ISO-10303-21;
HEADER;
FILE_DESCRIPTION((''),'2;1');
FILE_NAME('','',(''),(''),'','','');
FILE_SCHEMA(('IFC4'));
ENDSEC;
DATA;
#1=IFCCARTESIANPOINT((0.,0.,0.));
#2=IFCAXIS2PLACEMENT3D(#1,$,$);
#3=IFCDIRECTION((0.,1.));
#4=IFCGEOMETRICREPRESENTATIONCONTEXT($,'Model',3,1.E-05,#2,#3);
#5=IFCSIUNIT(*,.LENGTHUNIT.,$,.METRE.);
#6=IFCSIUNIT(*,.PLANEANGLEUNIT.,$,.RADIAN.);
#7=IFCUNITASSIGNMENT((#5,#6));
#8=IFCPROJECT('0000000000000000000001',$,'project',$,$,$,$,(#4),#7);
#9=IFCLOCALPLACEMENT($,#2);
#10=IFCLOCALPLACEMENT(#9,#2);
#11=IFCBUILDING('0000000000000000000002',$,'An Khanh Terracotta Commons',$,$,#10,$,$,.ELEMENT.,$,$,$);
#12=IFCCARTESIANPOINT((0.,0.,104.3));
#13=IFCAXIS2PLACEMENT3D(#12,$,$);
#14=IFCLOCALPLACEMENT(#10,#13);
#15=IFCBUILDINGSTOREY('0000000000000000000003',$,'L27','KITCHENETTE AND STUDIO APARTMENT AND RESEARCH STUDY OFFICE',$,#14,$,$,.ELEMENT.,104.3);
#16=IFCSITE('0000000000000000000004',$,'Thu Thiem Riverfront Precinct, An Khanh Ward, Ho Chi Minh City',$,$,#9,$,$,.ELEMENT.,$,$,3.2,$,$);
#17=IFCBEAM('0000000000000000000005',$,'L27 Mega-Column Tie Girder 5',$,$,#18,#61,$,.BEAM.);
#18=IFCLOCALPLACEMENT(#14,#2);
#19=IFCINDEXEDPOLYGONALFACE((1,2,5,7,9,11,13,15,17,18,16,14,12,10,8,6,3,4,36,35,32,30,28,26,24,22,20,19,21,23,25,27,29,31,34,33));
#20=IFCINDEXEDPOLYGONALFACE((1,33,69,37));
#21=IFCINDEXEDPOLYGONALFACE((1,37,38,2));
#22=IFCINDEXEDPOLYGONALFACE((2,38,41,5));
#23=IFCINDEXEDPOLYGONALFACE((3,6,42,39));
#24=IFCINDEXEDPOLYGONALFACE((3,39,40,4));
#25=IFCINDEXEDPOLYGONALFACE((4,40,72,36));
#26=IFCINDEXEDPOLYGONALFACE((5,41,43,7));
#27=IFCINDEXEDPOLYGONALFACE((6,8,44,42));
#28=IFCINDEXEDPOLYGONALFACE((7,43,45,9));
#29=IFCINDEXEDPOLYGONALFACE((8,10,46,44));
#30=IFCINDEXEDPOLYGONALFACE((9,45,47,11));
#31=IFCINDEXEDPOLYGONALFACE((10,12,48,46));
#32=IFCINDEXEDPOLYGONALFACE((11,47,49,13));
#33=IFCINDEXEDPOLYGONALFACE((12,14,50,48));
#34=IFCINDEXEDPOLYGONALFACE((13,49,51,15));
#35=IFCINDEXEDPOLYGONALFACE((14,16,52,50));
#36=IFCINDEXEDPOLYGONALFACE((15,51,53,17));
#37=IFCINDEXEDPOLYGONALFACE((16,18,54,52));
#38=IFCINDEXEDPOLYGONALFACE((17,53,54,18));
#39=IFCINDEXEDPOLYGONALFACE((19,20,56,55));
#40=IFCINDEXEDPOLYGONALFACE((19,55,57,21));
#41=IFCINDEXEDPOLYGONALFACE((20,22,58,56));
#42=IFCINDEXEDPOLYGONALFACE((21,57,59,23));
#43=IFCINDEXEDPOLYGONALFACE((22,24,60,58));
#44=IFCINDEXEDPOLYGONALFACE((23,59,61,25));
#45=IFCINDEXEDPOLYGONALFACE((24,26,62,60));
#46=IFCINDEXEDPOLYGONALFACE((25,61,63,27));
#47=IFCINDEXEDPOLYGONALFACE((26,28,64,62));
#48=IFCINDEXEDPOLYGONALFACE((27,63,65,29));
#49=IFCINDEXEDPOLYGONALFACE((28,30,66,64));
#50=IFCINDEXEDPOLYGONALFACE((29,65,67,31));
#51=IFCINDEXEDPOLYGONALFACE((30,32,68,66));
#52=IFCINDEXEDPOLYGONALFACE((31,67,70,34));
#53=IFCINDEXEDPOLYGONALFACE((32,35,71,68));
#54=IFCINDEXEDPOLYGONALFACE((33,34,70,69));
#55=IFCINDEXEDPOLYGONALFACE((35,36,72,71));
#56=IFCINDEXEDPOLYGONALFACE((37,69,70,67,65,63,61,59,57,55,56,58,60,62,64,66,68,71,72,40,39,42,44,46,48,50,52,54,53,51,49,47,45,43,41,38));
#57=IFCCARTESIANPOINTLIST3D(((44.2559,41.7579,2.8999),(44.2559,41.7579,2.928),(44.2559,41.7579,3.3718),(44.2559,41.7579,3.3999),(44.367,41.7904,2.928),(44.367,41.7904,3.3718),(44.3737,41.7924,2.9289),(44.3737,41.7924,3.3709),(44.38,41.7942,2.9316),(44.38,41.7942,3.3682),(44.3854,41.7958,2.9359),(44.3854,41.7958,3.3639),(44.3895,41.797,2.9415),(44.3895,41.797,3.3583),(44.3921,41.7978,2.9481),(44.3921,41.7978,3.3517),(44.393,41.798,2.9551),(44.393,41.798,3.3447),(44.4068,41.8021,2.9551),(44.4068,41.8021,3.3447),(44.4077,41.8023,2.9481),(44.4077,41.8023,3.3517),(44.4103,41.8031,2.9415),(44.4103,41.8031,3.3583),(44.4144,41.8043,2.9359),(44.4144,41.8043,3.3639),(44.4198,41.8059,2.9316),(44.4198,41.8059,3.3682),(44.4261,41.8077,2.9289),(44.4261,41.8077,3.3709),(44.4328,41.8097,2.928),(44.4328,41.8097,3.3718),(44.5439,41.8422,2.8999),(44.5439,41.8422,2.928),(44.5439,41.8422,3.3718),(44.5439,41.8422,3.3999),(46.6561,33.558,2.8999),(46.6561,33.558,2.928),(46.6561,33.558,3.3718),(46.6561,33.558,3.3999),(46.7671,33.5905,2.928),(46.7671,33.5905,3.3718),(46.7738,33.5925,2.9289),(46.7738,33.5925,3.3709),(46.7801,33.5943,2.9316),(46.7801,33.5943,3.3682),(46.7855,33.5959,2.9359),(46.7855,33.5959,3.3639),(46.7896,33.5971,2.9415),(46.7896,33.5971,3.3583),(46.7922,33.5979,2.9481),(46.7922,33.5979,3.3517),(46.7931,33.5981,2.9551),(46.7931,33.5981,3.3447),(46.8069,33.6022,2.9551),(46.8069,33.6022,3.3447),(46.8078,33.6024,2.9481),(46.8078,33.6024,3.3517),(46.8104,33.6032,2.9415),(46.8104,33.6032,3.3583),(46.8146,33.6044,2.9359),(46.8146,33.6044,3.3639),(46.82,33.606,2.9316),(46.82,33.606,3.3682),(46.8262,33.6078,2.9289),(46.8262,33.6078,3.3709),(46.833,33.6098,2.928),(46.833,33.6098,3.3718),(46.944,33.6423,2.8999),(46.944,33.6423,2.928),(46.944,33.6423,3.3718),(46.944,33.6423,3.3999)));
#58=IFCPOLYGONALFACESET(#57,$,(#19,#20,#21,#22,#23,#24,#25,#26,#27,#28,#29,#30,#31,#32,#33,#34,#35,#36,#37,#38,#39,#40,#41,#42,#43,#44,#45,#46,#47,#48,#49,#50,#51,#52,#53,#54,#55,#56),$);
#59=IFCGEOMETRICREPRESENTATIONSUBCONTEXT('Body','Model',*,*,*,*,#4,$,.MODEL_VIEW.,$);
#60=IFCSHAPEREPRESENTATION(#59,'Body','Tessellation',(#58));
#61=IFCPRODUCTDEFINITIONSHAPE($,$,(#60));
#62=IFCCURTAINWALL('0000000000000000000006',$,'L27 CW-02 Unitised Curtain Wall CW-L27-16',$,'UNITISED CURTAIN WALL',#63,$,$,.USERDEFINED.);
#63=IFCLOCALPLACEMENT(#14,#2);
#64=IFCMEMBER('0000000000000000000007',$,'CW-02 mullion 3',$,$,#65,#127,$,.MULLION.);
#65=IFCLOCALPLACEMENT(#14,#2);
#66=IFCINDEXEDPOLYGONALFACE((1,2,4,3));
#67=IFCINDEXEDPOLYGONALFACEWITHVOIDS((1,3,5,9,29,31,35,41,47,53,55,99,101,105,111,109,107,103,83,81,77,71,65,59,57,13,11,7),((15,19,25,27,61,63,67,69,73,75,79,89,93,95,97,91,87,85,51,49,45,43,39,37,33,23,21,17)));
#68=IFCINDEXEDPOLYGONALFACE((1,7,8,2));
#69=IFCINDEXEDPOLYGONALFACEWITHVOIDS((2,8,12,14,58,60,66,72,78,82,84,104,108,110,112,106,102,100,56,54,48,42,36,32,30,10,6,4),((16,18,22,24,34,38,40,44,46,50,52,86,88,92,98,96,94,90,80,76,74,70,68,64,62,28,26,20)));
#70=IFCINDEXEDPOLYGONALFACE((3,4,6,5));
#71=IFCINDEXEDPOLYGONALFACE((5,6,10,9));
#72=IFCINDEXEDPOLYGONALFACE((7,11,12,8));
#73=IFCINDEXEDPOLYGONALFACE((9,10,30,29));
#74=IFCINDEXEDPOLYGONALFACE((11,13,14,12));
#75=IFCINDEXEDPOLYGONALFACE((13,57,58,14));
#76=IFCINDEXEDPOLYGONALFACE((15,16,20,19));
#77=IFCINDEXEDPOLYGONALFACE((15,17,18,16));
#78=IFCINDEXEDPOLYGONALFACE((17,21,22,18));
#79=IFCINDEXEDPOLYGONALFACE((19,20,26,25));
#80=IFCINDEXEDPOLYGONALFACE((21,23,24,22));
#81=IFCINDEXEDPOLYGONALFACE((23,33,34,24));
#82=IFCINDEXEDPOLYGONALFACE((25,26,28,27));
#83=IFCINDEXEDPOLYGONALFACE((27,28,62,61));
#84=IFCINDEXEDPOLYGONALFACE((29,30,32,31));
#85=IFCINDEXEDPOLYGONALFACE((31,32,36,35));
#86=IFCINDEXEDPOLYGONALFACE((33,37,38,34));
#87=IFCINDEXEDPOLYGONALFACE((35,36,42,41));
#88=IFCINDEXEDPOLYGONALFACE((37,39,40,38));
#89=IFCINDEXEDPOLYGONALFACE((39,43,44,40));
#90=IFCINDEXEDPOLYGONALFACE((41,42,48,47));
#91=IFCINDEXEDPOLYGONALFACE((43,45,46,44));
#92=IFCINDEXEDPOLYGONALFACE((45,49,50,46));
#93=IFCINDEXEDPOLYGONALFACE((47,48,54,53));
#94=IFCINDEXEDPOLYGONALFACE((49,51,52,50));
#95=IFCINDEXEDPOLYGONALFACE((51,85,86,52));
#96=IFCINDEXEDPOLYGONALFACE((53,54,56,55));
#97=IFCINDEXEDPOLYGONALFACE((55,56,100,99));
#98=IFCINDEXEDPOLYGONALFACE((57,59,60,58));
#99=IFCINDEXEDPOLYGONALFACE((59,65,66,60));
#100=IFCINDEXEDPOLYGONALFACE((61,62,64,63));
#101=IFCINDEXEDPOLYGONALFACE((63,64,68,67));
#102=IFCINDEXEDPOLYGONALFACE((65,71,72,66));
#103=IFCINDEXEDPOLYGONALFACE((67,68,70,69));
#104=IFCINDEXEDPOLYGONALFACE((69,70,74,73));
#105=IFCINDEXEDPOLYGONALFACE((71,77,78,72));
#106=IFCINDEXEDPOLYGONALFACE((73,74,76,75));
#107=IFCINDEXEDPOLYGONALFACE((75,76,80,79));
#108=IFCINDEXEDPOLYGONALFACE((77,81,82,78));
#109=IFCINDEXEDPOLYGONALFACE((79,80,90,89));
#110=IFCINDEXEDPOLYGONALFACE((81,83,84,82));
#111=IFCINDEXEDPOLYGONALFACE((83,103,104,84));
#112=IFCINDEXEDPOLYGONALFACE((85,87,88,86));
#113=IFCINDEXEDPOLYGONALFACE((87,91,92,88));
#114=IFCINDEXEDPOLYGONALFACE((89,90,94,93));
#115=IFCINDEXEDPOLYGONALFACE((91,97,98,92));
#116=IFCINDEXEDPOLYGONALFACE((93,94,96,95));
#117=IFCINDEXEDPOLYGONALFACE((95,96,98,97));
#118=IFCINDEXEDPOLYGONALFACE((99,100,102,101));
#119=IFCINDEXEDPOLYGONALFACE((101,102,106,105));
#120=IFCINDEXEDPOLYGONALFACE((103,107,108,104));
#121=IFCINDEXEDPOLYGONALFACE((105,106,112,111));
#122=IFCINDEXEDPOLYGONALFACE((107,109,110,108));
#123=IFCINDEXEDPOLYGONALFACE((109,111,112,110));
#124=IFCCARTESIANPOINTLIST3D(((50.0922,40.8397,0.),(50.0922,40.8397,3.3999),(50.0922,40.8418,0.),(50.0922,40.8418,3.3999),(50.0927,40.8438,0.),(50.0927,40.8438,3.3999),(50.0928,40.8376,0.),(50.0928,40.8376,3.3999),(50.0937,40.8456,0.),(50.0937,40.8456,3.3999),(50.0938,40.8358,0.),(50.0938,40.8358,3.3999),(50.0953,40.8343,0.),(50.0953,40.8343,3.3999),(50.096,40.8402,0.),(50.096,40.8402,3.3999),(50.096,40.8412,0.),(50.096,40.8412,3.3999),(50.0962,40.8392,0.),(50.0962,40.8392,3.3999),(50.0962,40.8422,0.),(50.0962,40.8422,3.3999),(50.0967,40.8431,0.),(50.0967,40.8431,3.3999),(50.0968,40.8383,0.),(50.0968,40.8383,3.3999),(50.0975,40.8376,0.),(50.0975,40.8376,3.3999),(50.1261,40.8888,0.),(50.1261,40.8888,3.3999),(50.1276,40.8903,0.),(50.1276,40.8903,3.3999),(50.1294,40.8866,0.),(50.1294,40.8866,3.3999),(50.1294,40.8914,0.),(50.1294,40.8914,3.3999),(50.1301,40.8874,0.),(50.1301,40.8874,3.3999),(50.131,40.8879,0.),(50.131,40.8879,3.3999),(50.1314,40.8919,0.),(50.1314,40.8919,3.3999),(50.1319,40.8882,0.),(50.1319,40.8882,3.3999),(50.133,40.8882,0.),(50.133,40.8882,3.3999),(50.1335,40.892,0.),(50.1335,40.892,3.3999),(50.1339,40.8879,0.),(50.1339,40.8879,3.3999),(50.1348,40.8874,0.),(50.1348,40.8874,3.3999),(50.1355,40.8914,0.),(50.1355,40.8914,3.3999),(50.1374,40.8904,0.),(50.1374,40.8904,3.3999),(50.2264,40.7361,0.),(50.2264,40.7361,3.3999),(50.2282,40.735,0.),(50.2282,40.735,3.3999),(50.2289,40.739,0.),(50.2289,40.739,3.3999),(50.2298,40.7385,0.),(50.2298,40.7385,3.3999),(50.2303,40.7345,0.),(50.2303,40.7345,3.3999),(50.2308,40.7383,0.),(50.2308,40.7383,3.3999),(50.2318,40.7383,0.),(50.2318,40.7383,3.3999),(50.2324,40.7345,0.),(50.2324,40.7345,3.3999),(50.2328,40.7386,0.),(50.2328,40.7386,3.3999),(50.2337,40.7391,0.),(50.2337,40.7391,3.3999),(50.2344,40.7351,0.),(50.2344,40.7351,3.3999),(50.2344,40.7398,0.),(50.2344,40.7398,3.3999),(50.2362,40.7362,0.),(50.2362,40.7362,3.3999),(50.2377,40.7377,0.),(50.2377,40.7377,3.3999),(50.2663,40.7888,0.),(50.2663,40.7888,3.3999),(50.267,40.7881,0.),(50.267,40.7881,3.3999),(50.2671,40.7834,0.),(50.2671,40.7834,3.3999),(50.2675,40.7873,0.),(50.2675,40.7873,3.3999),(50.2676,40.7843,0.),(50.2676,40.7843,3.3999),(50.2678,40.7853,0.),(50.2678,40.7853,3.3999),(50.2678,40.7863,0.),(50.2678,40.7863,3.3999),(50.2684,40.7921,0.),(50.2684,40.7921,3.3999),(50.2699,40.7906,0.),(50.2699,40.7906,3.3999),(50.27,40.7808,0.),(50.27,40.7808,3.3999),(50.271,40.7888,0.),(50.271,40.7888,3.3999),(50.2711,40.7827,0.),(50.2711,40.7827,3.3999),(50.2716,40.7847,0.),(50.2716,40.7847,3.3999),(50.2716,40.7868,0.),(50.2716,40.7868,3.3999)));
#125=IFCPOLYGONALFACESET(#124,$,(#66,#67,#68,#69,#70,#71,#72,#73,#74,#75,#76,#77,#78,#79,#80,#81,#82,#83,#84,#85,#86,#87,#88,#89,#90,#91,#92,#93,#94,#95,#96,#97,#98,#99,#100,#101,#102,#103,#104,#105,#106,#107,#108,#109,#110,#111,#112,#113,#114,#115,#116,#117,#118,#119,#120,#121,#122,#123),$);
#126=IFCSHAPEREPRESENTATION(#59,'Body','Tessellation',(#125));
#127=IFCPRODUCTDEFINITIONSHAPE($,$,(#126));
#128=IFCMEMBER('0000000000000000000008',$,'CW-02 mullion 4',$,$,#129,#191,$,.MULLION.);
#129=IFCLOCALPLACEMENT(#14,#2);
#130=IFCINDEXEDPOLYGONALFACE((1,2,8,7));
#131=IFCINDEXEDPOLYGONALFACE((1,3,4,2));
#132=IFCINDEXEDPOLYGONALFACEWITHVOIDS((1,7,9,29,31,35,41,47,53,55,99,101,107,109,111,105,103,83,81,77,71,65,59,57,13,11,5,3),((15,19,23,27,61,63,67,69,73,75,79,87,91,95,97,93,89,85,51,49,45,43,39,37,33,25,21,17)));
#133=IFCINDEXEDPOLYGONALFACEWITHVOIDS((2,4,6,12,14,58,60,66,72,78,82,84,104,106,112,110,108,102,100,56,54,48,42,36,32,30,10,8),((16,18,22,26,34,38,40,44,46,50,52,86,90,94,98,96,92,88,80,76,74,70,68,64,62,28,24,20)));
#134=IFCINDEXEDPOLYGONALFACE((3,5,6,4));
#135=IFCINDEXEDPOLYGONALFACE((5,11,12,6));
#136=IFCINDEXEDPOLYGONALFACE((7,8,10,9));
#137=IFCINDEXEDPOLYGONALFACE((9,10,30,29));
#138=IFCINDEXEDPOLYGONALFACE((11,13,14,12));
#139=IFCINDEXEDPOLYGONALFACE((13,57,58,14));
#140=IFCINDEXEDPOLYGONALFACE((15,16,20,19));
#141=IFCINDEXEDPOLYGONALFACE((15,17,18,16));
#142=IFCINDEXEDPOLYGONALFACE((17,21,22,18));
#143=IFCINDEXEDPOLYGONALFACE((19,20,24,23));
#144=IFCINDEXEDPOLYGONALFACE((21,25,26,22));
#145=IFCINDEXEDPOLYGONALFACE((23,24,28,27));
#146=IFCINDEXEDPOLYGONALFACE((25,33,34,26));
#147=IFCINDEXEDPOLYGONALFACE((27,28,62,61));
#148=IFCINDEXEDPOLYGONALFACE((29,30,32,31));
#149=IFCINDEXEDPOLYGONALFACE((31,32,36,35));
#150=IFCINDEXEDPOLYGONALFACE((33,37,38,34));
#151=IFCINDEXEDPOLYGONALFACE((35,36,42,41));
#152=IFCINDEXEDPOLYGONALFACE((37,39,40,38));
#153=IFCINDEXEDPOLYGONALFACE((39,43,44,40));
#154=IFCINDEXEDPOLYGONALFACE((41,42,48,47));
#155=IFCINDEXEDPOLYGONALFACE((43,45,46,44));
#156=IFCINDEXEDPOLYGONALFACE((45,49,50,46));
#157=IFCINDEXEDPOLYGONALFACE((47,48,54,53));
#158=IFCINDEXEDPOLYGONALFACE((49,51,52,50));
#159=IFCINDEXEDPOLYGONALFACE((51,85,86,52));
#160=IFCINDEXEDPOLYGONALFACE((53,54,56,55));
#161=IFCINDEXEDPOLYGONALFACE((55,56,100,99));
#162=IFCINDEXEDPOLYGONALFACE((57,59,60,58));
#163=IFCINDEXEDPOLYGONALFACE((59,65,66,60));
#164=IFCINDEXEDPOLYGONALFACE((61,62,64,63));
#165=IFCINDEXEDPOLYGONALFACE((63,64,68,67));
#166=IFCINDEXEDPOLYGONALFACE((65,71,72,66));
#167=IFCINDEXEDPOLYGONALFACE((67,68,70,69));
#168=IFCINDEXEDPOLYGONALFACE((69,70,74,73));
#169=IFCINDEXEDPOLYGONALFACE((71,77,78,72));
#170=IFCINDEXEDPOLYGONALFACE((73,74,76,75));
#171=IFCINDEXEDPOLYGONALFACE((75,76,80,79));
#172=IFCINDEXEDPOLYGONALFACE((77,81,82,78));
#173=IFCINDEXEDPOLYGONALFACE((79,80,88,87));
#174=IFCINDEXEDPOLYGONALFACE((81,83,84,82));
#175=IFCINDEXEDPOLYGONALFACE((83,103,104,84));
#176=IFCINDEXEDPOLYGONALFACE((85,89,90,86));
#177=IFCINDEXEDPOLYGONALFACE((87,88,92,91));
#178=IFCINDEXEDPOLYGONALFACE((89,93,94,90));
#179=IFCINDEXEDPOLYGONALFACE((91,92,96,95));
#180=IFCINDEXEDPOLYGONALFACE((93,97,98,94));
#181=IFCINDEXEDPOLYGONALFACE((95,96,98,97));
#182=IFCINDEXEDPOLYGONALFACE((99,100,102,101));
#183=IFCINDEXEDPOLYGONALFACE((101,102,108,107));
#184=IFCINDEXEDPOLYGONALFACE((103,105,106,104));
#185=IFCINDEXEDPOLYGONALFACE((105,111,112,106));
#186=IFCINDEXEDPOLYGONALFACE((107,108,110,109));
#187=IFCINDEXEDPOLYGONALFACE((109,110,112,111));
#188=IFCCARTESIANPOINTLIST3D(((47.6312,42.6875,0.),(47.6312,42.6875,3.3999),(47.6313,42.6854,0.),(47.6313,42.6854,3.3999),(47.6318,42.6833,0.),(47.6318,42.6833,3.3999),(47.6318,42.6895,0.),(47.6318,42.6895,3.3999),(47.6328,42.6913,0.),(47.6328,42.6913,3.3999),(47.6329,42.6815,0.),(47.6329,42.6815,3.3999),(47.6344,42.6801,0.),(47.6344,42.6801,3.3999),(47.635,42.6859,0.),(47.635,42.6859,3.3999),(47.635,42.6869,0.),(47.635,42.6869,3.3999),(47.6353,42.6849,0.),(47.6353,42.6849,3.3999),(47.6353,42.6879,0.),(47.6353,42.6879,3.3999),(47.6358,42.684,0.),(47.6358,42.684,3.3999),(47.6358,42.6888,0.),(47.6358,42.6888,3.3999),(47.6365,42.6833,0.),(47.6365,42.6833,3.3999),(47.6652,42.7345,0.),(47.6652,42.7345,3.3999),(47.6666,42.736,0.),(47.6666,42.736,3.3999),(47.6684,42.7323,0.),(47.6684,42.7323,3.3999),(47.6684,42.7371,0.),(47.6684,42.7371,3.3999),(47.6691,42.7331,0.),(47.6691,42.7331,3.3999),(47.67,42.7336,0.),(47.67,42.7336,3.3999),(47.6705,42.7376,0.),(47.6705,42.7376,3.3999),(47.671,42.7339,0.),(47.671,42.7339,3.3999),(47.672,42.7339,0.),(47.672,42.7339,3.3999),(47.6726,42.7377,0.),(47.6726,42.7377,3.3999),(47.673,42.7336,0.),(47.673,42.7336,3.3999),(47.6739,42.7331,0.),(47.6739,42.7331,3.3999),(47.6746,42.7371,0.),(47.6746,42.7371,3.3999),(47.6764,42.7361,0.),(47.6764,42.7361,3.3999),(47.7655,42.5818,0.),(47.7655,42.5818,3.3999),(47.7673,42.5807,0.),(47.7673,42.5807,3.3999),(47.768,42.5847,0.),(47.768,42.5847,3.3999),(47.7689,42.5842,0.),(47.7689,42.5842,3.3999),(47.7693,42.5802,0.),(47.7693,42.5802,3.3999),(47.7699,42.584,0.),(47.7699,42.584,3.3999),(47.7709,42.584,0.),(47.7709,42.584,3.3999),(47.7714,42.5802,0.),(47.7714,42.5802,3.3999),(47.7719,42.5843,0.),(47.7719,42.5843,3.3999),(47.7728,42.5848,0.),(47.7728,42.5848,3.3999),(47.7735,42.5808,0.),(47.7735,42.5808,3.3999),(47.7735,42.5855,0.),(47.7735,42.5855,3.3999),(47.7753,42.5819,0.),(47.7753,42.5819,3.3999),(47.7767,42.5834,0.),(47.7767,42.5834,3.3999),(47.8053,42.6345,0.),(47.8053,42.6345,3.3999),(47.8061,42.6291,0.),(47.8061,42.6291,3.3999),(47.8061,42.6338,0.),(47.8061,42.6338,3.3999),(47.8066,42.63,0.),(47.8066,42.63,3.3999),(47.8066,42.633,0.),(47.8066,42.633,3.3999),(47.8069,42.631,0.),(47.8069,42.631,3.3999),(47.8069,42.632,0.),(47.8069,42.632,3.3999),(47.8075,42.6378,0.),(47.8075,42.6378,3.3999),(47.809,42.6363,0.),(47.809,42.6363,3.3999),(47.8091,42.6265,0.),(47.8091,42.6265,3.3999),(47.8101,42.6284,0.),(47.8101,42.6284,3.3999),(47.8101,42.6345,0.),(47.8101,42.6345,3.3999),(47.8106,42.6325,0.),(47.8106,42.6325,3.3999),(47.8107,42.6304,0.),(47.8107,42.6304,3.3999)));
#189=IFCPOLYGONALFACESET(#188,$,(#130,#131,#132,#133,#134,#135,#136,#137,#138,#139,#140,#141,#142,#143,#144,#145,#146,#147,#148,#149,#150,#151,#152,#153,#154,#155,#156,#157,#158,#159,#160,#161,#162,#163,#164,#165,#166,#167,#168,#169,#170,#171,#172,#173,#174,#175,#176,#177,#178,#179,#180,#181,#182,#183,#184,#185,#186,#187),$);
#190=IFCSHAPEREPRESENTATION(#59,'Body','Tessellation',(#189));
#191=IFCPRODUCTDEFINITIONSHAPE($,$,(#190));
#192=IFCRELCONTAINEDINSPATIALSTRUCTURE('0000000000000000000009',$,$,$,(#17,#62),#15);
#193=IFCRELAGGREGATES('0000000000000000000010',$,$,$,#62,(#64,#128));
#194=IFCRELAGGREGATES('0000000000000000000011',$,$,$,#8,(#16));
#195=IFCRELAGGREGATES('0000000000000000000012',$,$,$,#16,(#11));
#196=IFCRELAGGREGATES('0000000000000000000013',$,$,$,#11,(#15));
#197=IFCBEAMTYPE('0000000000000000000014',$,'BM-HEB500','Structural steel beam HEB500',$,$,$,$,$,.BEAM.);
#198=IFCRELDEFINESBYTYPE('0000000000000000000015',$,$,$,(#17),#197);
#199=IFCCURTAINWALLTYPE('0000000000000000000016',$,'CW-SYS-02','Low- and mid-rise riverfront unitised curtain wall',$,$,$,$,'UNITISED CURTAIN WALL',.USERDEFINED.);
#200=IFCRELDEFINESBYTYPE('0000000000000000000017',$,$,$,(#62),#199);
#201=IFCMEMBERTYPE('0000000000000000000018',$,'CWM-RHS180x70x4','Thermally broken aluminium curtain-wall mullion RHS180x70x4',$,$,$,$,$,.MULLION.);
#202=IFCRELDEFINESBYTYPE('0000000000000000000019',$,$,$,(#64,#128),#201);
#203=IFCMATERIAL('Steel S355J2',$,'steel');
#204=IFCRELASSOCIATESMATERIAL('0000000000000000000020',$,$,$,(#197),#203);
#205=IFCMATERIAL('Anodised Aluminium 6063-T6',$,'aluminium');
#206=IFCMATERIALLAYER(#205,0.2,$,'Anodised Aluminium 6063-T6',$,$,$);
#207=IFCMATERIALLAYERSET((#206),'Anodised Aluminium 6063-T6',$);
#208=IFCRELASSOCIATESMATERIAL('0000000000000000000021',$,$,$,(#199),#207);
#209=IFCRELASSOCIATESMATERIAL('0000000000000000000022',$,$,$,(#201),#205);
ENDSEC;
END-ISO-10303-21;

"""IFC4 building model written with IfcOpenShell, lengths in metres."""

from ifc_helpers import new_model, si_unit, direction, frame, origin, origin_2d, place, context, subcontext, project, spatial, hollow_rectangle, i_section, extrude, material, layer, layer_set, material_profile, profile_set, type_object, element, aggregate, save


model = new_model("IFC4")

# Units and contexts
model_context = context("Model", 3, precision=1e-05, world=origin(), true_north=direction((0.0, 1.0)))
body_context = subcontext(model_context, "Body", "Model", "MODEL_VIEW")
ifc_project = project(units=[si_unit("LENGTHUNIT", "METRE"), si_unit("PLANEANGLEUNIT", "RADIAN")], contexts=[model_context])

# Site, building, storey
site_placement = place(None, origin())
site = spatial("IfcSite", under=ifc_project, at=site_placement, Name="Thu Thiem Riverfront Precinct, An Khanh Ward, Ho Chi Minh City", CompositionType="ELEMENT", RefElevation=3.2)
building_placement = place(site_placement, origin())
building = spatial("IfcBuilding", under=site, at=building_placement, Name="An Khanh Terracotta Commons", CompositionType="ELEMENT")
storey_placement = place(building_placement, frame((0.0, 0.0, 104.3)))
storey = spatial("IfcBuildingStorey", under=building, at=storey_placement, Name="L27", Description="KITCHENETTE AND STUDIO APARTMENT AND RESEARCH STUDY OFFICE", CompositionType="ELEMENT", Elevation=104.3)

# Beam
ifc_material_1 = material(Name="Steel S355J2", Category="steel")
ifc_material_profile_1 = material_profile(ifc_material_1, i_section(OverallWidth=0.3, OverallDepth=0.5, WebThickness=0.0144, FlangeThickness=0.0281, FilletRadius=0.0271, at=origin_2d()), Name="HEB500")
ifc_profile_set_1 = profile_set([ifc_material_profile_1], Name="Steel S355J2")
beam_type = type_object("IfcBeamType", Name="BM-HEB500", Description="Structural steel beam HEB500", PredefinedType="BEAM", material=ifc_profile_set_1)
beam_1_placement = place(storey_placement, frame((44.3999, 41.8, 3.1499), z_axis=(0.280916, -0.959732, 0.0), x_axis=(0.959732, 0.280916, 0.0)))
element("IfcBeam", 1, at=beam_1_placement, inside=storey, type_object=beam_type, Name="L27 Mega-Column Tie Girder 5", PredefinedType="BEAM", context=body_context, shape_type="SweptSolid", body=[
    extrude(i_section(OverallWidth=0.3, OverallDepth=0.5, WebThickness=0.0144, FlangeThickness=0.0281, FilletRadius=0.0271, at=origin_2d()), origin(), (0.0, 0.0, 1.0), 8.5439),
])

# Curtain wall, members
ifc_material_2 = material(Name="Anodised Aluminium 6063-T6", Category="aluminium")
ifc_layer_1 = layer(ifc_material_2, 0.2, Name="Anodised Aluminium 6063-T6")
ifc_layer_set_1 = layer_set([ifc_layer_1], Name="Anodised Aluminium 6063-T6")
curtain_wall_type = type_object("IfcCurtainWallType", Name="CW-SYS-02", Description="Low- and mid-rise riverfront unitised curtain wall", ElementType="UNITISED CURTAIN WALL", PredefinedType="USERDEFINED", material=ifc_layer_set_1)
curtain_wall_placement = place(storey_placement, origin())
curtain_wall = element("IfcCurtainWall", 2, at=curtain_wall_placement, inside=storey, type_object=curtain_wall_type, Name="L27 CW-02 Unitised Curtain Wall CW-L27-16", ObjectType="UNITISED CURTAIN WALL", PredefinedType="USERDEFINED")
ifc_material_profile_2 = material_profile(ifc_material_2, hollow_rectangle(XDim=0.0701, YDim=0.1799, WallThickness=0.0039, InnerFilletRadius=0.0039, OuterFilletRadius=0.0081, at=origin_2d()), Name="RHS180x70x4")
ifc_profile_set_2 = profile_set([ifc_material_profile_2], Name="Anodised Aluminium 6063-T6")
member_type_1 = type_object("IfcMemberType", Name="CWM-RHS180x70x4", Description="Thermally broken aluminium curtain-wall mullion RHS180x70x4", PredefinedType="MULLION", material=ifc_profile_set_2)
member_1_placement = place(storey_placement, frame((50.1819, 40.8132, 0.0), z_axis=(0.0, 0.0, 1.0), x_axis=(-0.599983, -0.800013, 0.0)))
member_1 = element("IfcMember", 3, at=member_1_placement, type_object=member_type_1, Name="CW-02 mullion 3", PredefinedType="MULLION", context=body_context, shape_type="SweptSolid", body=[
    extrude(hollow_rectangle(XDim=0.0701, YDim=0.1799, WallThickness=0.0039, InnerFilletRadius=0.0039, OuterFilletRadius=0.0081, at=origin_2d()), origin(), (0.0, 0.0, 1.0), 3.3999),
])
member_2_placement = place(storey_placement, frame((47.7209, 42.6589, 0.0), z_axis=(0.0, 0.0, 1.0), x_axis=(-0.599983, -0.800013, 0.0)))
member_2 = element("IfcMember", 4, at=member_2_placement, type_object=member_type_1, Name="CW-02 mullion 4", PredefinedType="MULLION", context=body_context, shape_type="SweptSolid", body=[
    extrude(hollow_rectangle(XDim=0.0701, YDim=0.1799, WallThickness=0.0039, InnerFilletRadius=0.0039, OuterFilletRadius=0.0081, at=origin_2d()), origin(), (0.0, 0.0, 1.0), 3.3999),
])
aggregate(curtain_wall, [member_1, member_2])

save(model, "model.ifc")
